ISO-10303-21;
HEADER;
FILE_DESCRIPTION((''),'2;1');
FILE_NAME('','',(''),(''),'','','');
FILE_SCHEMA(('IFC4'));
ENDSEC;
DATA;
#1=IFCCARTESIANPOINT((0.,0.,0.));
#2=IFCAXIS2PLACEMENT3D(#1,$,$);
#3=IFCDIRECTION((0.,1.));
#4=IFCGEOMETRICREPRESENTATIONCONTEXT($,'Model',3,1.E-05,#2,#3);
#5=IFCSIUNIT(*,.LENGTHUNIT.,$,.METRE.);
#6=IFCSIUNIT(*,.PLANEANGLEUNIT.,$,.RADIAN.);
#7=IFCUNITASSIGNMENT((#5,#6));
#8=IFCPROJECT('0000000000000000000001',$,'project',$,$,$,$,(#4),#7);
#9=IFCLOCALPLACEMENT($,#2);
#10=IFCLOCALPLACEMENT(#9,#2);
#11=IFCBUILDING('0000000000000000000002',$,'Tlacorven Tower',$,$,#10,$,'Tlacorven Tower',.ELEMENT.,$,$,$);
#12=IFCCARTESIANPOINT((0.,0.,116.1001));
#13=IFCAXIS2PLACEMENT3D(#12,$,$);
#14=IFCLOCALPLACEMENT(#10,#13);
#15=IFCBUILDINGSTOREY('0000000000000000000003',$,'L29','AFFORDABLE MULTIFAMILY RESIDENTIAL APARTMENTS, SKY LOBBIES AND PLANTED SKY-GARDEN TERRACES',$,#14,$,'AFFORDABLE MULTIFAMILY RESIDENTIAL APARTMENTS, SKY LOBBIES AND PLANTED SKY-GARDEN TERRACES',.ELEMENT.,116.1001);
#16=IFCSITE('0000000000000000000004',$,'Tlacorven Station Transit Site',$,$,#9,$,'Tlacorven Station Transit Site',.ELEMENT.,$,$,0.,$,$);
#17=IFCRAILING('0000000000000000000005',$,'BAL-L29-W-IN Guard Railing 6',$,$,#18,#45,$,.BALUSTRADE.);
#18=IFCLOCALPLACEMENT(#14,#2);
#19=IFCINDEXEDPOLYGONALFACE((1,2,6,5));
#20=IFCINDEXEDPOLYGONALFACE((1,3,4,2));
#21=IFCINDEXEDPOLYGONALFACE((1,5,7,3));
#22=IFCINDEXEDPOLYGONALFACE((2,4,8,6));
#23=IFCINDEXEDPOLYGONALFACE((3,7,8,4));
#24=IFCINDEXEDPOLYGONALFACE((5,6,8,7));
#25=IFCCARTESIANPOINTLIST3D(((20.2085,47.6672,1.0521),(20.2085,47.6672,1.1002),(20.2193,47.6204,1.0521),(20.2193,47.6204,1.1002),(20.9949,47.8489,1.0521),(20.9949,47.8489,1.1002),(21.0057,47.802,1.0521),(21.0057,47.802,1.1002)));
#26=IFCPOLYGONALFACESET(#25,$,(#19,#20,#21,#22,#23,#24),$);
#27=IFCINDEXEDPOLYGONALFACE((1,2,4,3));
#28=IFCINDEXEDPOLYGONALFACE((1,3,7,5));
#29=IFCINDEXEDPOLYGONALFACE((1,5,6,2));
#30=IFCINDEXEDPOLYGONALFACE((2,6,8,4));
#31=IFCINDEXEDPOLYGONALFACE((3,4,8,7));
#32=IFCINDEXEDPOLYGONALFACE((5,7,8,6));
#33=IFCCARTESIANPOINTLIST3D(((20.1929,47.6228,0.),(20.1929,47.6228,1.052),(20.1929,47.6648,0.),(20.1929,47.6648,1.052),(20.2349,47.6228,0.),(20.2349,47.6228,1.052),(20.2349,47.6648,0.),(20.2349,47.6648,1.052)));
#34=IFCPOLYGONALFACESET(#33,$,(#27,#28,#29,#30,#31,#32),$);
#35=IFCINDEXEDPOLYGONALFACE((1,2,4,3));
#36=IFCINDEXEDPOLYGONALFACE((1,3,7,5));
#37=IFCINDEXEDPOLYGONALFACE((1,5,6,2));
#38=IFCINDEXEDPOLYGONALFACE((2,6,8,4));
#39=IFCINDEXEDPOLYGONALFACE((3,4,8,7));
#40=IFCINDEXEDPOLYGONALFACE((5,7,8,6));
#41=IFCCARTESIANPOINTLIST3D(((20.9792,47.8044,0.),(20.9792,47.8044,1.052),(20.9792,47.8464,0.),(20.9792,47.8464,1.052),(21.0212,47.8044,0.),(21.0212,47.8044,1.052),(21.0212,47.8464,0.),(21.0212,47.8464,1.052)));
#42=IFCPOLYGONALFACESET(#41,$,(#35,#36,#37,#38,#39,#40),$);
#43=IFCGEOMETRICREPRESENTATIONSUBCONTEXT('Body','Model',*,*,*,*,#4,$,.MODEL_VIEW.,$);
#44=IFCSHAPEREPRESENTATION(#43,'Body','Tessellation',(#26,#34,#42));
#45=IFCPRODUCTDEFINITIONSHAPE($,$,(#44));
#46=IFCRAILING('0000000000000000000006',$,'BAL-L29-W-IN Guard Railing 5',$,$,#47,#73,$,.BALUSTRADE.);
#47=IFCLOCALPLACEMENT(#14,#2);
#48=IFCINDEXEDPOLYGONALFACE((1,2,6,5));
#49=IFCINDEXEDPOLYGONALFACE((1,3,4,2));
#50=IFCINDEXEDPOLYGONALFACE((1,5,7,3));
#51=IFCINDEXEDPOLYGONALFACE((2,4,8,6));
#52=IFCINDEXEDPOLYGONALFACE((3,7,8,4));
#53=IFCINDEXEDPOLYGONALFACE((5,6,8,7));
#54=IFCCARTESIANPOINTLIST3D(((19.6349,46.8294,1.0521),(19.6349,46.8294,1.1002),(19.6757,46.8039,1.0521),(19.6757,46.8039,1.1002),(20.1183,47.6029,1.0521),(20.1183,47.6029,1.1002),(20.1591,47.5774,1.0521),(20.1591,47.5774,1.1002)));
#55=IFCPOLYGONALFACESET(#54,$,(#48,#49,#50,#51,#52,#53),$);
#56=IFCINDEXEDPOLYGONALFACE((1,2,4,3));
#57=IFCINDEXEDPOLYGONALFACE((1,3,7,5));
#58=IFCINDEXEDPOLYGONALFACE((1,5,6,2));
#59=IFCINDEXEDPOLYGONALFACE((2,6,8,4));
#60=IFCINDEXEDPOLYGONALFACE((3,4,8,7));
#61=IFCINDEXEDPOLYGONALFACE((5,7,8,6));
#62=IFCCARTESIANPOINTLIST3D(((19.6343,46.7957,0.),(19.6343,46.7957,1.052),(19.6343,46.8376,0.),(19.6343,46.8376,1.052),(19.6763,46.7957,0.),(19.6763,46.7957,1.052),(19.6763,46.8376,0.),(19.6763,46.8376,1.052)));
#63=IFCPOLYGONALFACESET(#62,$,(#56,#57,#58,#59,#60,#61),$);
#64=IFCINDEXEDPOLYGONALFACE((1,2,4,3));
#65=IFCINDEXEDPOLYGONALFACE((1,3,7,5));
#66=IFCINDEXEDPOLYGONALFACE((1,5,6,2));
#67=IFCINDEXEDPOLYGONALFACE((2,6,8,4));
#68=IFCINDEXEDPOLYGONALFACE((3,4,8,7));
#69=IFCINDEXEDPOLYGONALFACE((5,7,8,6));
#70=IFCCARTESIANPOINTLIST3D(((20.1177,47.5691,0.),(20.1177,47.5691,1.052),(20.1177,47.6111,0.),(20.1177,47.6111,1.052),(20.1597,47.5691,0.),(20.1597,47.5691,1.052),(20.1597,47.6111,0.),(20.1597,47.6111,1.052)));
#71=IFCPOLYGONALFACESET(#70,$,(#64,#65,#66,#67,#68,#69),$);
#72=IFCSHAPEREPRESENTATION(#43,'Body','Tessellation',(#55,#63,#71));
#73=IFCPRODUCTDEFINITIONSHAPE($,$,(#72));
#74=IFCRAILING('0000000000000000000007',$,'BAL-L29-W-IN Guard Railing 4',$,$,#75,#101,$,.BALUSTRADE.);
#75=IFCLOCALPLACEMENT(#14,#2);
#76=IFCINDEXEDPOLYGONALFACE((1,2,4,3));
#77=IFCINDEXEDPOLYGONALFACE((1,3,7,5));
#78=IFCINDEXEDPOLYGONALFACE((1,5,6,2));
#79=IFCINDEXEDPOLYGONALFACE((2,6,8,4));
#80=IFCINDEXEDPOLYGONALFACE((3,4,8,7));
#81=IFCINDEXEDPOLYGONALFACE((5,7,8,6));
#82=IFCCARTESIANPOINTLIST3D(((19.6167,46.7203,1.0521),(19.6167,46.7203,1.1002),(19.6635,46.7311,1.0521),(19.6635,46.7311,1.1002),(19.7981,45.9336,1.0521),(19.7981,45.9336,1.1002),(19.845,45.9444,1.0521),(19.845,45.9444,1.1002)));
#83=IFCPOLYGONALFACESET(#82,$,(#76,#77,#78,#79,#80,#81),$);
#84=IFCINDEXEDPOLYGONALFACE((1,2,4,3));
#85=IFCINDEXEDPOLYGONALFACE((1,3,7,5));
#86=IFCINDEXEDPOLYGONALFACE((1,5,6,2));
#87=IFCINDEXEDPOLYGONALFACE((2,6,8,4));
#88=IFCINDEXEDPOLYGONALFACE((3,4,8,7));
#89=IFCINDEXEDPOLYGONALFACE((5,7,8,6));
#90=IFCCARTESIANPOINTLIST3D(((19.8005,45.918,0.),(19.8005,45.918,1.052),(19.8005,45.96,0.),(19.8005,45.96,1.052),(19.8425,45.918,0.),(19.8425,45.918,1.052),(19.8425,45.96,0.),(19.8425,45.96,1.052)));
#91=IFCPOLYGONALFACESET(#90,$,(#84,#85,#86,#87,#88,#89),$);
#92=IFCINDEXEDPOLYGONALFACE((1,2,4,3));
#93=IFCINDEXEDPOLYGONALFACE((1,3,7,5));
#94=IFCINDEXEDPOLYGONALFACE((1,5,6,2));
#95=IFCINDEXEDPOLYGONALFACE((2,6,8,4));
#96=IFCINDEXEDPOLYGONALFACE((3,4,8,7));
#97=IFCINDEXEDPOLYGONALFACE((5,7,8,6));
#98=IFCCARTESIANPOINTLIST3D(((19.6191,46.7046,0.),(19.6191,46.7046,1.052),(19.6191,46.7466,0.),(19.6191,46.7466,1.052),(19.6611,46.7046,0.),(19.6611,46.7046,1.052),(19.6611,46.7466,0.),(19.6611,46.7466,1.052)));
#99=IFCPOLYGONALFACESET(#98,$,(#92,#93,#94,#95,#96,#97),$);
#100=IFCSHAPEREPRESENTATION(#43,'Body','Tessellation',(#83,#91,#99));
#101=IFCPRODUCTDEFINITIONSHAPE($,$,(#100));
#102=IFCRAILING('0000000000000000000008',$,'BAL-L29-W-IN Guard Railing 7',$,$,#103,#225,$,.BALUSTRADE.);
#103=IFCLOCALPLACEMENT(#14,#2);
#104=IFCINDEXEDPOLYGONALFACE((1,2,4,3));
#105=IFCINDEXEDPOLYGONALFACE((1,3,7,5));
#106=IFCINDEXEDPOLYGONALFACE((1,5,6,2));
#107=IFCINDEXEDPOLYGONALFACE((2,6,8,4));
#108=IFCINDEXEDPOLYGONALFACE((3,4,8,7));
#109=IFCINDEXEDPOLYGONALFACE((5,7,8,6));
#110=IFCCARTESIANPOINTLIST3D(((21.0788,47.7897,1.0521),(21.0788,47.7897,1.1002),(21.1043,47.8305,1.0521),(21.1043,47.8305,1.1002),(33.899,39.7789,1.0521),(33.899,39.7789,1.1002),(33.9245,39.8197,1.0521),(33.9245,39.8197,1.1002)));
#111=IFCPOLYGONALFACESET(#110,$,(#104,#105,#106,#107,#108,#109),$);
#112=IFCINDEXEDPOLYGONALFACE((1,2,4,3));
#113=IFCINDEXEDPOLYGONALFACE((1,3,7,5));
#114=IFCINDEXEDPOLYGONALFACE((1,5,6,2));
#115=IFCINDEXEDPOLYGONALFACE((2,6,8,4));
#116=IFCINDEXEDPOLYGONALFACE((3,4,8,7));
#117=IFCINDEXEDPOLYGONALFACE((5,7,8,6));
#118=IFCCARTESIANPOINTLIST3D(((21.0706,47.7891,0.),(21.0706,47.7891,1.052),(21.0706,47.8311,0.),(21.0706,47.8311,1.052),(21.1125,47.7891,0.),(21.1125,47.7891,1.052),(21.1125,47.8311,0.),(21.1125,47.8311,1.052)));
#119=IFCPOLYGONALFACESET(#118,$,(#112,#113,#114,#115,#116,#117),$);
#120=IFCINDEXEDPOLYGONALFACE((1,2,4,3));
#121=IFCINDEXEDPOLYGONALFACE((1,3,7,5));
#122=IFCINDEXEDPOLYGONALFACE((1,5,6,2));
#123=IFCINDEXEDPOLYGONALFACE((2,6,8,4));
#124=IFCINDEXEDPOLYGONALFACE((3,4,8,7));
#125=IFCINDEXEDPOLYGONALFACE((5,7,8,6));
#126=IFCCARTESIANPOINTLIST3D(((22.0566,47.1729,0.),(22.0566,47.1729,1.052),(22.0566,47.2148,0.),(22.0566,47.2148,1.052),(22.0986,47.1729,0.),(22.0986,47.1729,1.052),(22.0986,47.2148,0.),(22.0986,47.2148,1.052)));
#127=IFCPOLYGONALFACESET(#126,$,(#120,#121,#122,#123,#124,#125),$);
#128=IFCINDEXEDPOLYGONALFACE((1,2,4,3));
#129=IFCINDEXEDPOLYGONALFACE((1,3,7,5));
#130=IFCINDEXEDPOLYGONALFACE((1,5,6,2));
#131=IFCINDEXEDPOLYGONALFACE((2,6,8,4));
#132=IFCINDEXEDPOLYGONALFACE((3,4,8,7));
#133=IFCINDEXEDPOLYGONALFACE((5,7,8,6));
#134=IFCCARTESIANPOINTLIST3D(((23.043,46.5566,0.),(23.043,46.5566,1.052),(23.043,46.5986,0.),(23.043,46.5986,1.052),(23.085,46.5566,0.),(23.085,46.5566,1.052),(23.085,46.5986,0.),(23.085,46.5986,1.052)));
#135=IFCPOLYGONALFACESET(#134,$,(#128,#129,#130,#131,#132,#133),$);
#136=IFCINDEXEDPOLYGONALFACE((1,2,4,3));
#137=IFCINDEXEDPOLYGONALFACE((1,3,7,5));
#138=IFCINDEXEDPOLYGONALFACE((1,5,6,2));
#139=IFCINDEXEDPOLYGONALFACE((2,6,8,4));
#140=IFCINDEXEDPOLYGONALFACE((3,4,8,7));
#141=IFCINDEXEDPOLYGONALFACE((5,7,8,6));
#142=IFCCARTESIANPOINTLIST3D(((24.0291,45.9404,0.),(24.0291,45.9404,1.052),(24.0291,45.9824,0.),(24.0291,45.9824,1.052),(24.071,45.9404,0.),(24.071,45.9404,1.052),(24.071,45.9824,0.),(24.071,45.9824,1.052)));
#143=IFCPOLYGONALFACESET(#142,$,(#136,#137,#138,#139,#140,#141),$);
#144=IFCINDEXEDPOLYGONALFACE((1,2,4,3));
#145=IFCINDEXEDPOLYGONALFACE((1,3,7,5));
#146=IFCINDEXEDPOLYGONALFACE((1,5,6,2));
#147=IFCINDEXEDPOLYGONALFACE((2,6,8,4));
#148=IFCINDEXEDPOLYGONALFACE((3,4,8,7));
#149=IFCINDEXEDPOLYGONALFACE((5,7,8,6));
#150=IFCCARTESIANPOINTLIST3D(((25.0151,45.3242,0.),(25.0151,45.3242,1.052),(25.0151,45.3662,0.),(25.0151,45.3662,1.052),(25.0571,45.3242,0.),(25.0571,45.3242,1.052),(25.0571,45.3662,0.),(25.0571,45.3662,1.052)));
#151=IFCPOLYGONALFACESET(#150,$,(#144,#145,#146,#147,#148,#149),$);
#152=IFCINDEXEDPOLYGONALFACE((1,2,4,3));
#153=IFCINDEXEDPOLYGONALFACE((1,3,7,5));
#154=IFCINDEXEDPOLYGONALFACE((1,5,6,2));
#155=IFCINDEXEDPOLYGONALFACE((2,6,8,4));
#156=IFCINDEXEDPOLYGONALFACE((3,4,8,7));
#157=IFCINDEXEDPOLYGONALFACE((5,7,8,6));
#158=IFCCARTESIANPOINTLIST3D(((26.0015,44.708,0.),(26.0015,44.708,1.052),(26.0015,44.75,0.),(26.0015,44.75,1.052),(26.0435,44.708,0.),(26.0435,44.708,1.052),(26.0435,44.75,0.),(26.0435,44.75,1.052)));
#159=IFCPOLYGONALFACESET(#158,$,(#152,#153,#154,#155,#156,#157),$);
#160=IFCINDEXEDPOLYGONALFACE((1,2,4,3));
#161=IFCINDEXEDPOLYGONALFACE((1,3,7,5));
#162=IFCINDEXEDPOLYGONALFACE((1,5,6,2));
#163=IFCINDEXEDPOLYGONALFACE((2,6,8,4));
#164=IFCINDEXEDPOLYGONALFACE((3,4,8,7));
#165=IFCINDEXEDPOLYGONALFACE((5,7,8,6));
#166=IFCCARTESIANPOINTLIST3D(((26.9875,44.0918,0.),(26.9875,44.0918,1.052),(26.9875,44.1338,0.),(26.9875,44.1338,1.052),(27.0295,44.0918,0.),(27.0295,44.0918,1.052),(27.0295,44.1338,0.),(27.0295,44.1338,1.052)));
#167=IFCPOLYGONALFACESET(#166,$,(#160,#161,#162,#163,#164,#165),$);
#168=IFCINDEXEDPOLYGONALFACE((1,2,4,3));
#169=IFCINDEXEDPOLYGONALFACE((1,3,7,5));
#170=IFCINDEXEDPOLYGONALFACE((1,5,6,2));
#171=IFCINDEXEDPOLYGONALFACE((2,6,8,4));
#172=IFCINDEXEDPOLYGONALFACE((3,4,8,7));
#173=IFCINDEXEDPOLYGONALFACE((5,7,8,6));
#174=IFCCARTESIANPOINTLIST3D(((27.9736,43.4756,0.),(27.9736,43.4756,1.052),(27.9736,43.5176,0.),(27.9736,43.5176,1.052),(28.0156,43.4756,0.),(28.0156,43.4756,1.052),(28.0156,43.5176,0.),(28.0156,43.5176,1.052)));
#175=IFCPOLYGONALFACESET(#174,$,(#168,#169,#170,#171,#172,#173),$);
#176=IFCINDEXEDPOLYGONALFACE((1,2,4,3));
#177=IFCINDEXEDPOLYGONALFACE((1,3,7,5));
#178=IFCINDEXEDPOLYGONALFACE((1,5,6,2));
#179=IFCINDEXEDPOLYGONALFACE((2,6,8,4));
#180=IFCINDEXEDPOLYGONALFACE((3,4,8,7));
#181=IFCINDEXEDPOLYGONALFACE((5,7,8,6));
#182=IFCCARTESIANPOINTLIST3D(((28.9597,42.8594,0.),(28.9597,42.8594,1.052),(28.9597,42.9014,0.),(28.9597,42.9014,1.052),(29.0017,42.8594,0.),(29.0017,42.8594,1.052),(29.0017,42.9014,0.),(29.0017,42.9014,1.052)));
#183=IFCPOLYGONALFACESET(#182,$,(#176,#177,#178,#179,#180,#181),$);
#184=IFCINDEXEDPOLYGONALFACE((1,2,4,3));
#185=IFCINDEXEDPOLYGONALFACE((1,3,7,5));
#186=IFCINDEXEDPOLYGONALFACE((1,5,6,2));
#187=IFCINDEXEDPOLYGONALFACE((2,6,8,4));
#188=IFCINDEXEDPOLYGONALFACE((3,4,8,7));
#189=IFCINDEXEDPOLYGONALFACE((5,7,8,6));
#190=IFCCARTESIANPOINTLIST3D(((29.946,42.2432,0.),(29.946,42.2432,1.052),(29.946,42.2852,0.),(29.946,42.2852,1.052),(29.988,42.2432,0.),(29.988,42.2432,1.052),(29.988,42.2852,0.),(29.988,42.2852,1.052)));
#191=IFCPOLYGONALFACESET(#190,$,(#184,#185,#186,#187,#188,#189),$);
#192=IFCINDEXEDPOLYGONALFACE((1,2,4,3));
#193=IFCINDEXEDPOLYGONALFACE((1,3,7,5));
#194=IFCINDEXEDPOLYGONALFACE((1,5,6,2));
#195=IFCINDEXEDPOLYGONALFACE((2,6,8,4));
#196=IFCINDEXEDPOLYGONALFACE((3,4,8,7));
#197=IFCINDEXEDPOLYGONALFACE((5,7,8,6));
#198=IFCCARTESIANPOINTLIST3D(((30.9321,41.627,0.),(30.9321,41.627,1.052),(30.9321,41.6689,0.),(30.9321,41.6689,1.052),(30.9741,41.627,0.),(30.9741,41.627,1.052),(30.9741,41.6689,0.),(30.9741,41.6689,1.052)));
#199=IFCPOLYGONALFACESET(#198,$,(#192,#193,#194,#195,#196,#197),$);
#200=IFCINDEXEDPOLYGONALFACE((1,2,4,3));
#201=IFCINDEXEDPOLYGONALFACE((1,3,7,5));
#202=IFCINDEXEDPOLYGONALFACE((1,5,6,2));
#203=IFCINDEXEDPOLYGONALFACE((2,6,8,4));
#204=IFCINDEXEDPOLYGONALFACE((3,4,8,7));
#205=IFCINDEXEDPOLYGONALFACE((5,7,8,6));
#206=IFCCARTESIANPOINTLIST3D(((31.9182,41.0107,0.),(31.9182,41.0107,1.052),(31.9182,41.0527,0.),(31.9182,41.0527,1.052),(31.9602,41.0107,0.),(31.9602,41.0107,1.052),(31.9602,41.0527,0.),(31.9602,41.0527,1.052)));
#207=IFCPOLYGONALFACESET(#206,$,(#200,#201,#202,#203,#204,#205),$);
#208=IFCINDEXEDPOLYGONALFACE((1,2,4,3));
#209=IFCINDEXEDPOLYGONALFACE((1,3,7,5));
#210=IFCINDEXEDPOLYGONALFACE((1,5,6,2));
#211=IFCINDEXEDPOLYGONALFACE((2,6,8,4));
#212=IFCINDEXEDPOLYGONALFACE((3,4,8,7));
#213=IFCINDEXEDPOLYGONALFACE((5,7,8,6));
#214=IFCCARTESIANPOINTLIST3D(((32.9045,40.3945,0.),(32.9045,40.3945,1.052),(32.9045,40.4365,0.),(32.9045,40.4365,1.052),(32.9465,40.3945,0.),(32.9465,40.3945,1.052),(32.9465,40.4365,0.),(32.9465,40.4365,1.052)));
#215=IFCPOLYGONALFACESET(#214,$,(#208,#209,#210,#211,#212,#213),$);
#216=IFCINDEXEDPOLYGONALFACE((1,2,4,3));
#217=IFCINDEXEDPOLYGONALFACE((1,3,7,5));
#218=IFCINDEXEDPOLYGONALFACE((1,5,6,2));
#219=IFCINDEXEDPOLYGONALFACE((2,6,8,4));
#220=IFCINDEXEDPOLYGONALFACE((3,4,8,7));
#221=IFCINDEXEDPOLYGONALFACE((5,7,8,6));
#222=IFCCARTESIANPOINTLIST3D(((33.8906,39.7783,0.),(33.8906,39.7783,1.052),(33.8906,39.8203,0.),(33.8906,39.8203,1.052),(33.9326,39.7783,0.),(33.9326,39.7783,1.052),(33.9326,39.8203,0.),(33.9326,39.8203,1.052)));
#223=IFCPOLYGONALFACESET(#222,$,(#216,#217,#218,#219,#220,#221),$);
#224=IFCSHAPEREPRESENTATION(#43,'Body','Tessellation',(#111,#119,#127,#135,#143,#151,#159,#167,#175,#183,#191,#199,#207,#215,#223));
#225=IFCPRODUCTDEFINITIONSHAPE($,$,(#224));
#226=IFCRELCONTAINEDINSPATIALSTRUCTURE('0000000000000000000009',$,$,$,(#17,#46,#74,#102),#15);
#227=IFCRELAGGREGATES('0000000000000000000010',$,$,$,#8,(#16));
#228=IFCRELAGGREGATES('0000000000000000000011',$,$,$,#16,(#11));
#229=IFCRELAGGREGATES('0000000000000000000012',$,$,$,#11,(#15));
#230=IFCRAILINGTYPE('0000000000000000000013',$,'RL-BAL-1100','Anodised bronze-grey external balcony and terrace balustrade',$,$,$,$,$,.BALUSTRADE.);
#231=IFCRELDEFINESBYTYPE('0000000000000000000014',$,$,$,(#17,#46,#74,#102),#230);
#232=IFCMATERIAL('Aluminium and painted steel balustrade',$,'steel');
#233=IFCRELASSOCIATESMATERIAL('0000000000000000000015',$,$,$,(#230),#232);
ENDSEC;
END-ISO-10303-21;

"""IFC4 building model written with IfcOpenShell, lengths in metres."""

from ifc_helpers import new_model, si_unit, direction, frame, origin, origin_2d, place, context, subcontext, project, spatial, rectangle, extrude, source, transform, mapped, material, type_object, element, save


model = new_model("IFC4")

# Units and contexts
model_context = context("Model", 3, precision=1e-05, world=origin(), true_north=direction((0.0, 1.0)))
body_context = subcontext(model_context, "Body", "Model", "MODEL_VIEW")
ifc_project = project(units=[si_unit("LENGTHUNIT", "METRE"), si_unit("PLANEANGLEUNIT", "RADIAN")], contexts=[model_context])

# Site, building, storey
site_placement = place(None, origin())
site = spatial("IfcSite", under=ifc_project, at=site_placement, Name="Tlacorven Station Transit Site", LongName="Tlacorven Station Transit Site", CompositionType="ELEMENT", RefElevation=0.0)
building_placement = place(site_placement, origin())
building = spatial("IfcBuilding", under=site, at=building_placement, Name="Tlacorven Tower", LongName="Tlacorven Tower", CompositionType="ELEMENT")
storey_placement = place(building_placement, frame((0.0, 0.0, 116.1001)))
storey = spatial("IfcBuildingStorey", under=building, at=storey_placement, Name="L29", Description="AFFORDABLE MULTIFAMILY RESIDENTIAL APARTMENTS, SKY LOBBIES AND PLANTED SKY-GARDEN TERRACES", LongName="AFFORDABLE MULTIFAMILY RESIDENTIAL APARTMENTS, SKY LOBBIES AND PLANTED SKY-GARDEN TERRACES", CompositionType="ELEMENT", Elevation=116.1001)

# Railings
ifc_material_1 = material(Name="Aluminium and painted steel balustrade", Category="steel")
railing_type = type_object("IfcRailingType", Name="RL-BAL-1100", Description="Anodised bronze-grey external balcony and terrace balustrade", PredefinedType="BALUSTRADE", material=ifc_material_1)
shared_shape_1 = source(origin(), body_context, "Body", "SweptSolid", [
    extrude(rectangle(XDim=0.0481, YDim=0.0481, at=origin_2d()), frame((0.0, 0.0, 1.0762), z_axis=(0.974345, 0.225058, 0.0), x_axis=(-0.225058, 0.974345, 0.0)), (0.0, 0.0, 1.0), 0.8071),
    extrude(rectangle(XDim=0.042, YDim=0.042, at=origin_2d()), origin(), (0.0, 0.0, 1.0), 1.052),
    extrude(rectangle(XDim=0.042, YDim=0.042, at=origin_2d()), frame((0.7864, 0.1816, 0.0)), (0.0, 0.0, 1.0), 1.052),
])
railing_1_placement = place(storey_placement, frame((20.2139, 47.6438, 0.0)))
element("IfcRailing", 1, at=railing_1_placement, inside=storey, type_object=railing_type, Name="BAL-L29-W-IN Guard Railing 6", PredefinedType="BALUSTRADE", context=body_context, shape_type="MappedRepresentation", body=[
    mapped(shared_shape_1, transform((0.0, 0.0, 0.0), scale=1.0)),
])
shared_shape_2 = source(origin(), body_context, "Body", "SweptSolid", [
    extrude(rectangle(XDim=0.0481, YDim=0.0481, at=origin_2d()), frame((0.0, 0.0, 1.0762), z_axis=(0.529999, 0.847998, 0.0), x_axis=(-0.847998, 0.529999, 0.0)), (0.0, 0.0, 1.0), 0.9121),
    extrude(rectangle(XDim=0.042, YDim=0.042, at=origin_2d()), origin(), (0.0, 0.0, 1.0), 1.052),
    extrude(rectangle(XDim=0.042, YDim=0.042, at=origin_2d()), frame((0.4834, 0.7734, 0.0)), (0.0, 0.0, 1.0), 1.052),
])
railing_2_placement = place(storey_placement, frame((19.6553, 46.8167, 0.0)))
element("IfcRailing", 2, at=railing_2_placement, inside=storey, type_object=railing_type, Name="BAL-L29-W-IN Guard Railing 5", PredefinedType="BALUSTRADE", context=body_context, shape_type="MappedRepresentation", body=[
    mapped(shared_shape_2, transform((0.0, 0.0, 0.0), scale=1.0)),
])
shared_shape_3 = source(origin(), body_context, "Body", "SweptSolid", [
    extrude(rectangle(XDim=0.0481, YDim=0.0481, at=origin_2d()), frame((0.0, 0.0, 1.0762), z_axis=(-0.224705, 0.974427, 0.0), x_axis=(-0.974427, -0.224705, 0.0)), (0.0, 0.0, 1.0), 0.8074),
    extrude(rectangle(XDim=0.042, YDim=0.042, at=origin_2d()), origin(), (0.0, 0.0, 1.0), 1.052),
    extrude(rectangle(XDim=0.042, YDim=0.042, at=origin_2d()), frame((-0.1814, 0.7866, 0.0)), (0.0, 0.0, 1.0), 1.052),
])
railing_3_placement = place(storey_placement, frame((19.8215, 45.939, 0.0)))
element("IfcRailing", 3, at=railing_3_placement, inside=storey, type_object=railing_type, Name="BAL-L29-W-IN Guard Railing 4", PredefinedType="BALUSTRADE", context=body_context, shape_type="MappedRepresentation", body=[
    mapped(shared_shape_3, transform((0.0, 0.0, 0.0), scale=1.0)),
])
shared_shape_4 = source(origin(), body_context, "Body", "SweptSolid", [
    extrude(rectangle(XDim=0.0481, YDim=0.0481, at=origin_2d()), frame((0.0, 0.0, 1.0762), z_axis=(0.848052, -0.529913, 0.0), x_axis=(0.529913, 0.848052, 0.0)), (0.0, 0.0, 1.0), 15.1172),
    extrude(rectangle(XDim=0.042, YDim=0.042, at=origin_2d()), origin(), (0.0, 0.0, 1.0), 1.052),
    extrude(rectangle(XDim=0.042, YDim=0.042, at=origin_2d()), frame((0.9861, -0.6162, 0.0)), (0.0, 0.0, 1.0), 1.052),
    extrude(rectangle(XDim=0.042, YDim=0.042, at=origin_2d()), frame((1.9724, -1.2324, 0.0)), (0.0, 0.0, 1.0), 1.052),
    extrude(rectangle(XDim=0.042, YDim=0.042, at=origin_2d()), frame((2.9585, -1.8486, 0.0)), (0.0, 0.0, 1.0), 1.052),
    extrude(rectangle(XDim=0.042, YDim=0.042, at=origin_2d()), frame((3.9446, -2.4648, 0.0)), (0.0, 0.0, 1.0), 1.052),
    extrude(rectangle(XDim=0.042, YDim=0.042, at=origin_2d()), frame((4.9309, -3.0811, 0.0)), (0.0, 0.0, 1.0), 1.052),
    extrude(rectangle(XDim=0.042, YDim=0.042, at=origin_2d()), frame((5.917, -3.6973, 0.0)), (0.0, 0.0, 1.0), 1.052),
    extrude(rectangle(XDim=0.042, YDim=0.042, at=origin_2d()), frame((6.9031, -4.3135, 0.0)), (0.0, 0.0, 1.0), 1.052),
    extrude(rectangle(XDim=0.042, YDim=0.042, at=origin_2d()), frame((7.8892, -4.9297, 0.0)), (0.0, 0.0, 1.0), 1.052),
    extrude(rectangle(XDim=0.042, YDim=0.042, at=origin_2d()), frame((8.8755, -5.5459, 0.0)), (0.0, 0.0, 1.0), 1.052),
    extrude(rectangle(XDim=0.042, YDim=0.042, at=origin_2d()), frame((9.8616, -6.1621, 0.0)), (0.0, 0.0, 1.0), 1.052),
    extrude(rectangle(XDim=0.042, YDim=0.042, at=origin_2d()), frame((10.8477, -6.7783, 0.0)), (0.0, 0.0, 1.0), 1.052),
    extrude(rectangle(XDim=0.042, YDim=0.042, at=origin_2d()), frame((11.834, -7.3945, 0.0)), (0.0, 0.0, 1.0), 1.052),
    extrude(rectangle(XDim=0.042, YDim=0.042, at=origin_2d()), frame((12.8201, -8.0107, 0.0)), (0.0, 0.0, 1.0), 1.052),
])
railing_4_placement = place(storey_placement, frame((21.0916, 47.8101, 0.0)))
element("IfcRailing", 4, at=railing_4_placement, inside=storey, type_object=railing_type, Name="BAL-L29-W-IN Guard Railing 7", PredefinedType="BALUSTRADE", context=body_context, shape_type="MappedRepresentation", body=[
    mapped(shared_shape_4, transform((0.0, 0.0, 0.0), scale=1.0)),
])

save(model, "model.ifc")
